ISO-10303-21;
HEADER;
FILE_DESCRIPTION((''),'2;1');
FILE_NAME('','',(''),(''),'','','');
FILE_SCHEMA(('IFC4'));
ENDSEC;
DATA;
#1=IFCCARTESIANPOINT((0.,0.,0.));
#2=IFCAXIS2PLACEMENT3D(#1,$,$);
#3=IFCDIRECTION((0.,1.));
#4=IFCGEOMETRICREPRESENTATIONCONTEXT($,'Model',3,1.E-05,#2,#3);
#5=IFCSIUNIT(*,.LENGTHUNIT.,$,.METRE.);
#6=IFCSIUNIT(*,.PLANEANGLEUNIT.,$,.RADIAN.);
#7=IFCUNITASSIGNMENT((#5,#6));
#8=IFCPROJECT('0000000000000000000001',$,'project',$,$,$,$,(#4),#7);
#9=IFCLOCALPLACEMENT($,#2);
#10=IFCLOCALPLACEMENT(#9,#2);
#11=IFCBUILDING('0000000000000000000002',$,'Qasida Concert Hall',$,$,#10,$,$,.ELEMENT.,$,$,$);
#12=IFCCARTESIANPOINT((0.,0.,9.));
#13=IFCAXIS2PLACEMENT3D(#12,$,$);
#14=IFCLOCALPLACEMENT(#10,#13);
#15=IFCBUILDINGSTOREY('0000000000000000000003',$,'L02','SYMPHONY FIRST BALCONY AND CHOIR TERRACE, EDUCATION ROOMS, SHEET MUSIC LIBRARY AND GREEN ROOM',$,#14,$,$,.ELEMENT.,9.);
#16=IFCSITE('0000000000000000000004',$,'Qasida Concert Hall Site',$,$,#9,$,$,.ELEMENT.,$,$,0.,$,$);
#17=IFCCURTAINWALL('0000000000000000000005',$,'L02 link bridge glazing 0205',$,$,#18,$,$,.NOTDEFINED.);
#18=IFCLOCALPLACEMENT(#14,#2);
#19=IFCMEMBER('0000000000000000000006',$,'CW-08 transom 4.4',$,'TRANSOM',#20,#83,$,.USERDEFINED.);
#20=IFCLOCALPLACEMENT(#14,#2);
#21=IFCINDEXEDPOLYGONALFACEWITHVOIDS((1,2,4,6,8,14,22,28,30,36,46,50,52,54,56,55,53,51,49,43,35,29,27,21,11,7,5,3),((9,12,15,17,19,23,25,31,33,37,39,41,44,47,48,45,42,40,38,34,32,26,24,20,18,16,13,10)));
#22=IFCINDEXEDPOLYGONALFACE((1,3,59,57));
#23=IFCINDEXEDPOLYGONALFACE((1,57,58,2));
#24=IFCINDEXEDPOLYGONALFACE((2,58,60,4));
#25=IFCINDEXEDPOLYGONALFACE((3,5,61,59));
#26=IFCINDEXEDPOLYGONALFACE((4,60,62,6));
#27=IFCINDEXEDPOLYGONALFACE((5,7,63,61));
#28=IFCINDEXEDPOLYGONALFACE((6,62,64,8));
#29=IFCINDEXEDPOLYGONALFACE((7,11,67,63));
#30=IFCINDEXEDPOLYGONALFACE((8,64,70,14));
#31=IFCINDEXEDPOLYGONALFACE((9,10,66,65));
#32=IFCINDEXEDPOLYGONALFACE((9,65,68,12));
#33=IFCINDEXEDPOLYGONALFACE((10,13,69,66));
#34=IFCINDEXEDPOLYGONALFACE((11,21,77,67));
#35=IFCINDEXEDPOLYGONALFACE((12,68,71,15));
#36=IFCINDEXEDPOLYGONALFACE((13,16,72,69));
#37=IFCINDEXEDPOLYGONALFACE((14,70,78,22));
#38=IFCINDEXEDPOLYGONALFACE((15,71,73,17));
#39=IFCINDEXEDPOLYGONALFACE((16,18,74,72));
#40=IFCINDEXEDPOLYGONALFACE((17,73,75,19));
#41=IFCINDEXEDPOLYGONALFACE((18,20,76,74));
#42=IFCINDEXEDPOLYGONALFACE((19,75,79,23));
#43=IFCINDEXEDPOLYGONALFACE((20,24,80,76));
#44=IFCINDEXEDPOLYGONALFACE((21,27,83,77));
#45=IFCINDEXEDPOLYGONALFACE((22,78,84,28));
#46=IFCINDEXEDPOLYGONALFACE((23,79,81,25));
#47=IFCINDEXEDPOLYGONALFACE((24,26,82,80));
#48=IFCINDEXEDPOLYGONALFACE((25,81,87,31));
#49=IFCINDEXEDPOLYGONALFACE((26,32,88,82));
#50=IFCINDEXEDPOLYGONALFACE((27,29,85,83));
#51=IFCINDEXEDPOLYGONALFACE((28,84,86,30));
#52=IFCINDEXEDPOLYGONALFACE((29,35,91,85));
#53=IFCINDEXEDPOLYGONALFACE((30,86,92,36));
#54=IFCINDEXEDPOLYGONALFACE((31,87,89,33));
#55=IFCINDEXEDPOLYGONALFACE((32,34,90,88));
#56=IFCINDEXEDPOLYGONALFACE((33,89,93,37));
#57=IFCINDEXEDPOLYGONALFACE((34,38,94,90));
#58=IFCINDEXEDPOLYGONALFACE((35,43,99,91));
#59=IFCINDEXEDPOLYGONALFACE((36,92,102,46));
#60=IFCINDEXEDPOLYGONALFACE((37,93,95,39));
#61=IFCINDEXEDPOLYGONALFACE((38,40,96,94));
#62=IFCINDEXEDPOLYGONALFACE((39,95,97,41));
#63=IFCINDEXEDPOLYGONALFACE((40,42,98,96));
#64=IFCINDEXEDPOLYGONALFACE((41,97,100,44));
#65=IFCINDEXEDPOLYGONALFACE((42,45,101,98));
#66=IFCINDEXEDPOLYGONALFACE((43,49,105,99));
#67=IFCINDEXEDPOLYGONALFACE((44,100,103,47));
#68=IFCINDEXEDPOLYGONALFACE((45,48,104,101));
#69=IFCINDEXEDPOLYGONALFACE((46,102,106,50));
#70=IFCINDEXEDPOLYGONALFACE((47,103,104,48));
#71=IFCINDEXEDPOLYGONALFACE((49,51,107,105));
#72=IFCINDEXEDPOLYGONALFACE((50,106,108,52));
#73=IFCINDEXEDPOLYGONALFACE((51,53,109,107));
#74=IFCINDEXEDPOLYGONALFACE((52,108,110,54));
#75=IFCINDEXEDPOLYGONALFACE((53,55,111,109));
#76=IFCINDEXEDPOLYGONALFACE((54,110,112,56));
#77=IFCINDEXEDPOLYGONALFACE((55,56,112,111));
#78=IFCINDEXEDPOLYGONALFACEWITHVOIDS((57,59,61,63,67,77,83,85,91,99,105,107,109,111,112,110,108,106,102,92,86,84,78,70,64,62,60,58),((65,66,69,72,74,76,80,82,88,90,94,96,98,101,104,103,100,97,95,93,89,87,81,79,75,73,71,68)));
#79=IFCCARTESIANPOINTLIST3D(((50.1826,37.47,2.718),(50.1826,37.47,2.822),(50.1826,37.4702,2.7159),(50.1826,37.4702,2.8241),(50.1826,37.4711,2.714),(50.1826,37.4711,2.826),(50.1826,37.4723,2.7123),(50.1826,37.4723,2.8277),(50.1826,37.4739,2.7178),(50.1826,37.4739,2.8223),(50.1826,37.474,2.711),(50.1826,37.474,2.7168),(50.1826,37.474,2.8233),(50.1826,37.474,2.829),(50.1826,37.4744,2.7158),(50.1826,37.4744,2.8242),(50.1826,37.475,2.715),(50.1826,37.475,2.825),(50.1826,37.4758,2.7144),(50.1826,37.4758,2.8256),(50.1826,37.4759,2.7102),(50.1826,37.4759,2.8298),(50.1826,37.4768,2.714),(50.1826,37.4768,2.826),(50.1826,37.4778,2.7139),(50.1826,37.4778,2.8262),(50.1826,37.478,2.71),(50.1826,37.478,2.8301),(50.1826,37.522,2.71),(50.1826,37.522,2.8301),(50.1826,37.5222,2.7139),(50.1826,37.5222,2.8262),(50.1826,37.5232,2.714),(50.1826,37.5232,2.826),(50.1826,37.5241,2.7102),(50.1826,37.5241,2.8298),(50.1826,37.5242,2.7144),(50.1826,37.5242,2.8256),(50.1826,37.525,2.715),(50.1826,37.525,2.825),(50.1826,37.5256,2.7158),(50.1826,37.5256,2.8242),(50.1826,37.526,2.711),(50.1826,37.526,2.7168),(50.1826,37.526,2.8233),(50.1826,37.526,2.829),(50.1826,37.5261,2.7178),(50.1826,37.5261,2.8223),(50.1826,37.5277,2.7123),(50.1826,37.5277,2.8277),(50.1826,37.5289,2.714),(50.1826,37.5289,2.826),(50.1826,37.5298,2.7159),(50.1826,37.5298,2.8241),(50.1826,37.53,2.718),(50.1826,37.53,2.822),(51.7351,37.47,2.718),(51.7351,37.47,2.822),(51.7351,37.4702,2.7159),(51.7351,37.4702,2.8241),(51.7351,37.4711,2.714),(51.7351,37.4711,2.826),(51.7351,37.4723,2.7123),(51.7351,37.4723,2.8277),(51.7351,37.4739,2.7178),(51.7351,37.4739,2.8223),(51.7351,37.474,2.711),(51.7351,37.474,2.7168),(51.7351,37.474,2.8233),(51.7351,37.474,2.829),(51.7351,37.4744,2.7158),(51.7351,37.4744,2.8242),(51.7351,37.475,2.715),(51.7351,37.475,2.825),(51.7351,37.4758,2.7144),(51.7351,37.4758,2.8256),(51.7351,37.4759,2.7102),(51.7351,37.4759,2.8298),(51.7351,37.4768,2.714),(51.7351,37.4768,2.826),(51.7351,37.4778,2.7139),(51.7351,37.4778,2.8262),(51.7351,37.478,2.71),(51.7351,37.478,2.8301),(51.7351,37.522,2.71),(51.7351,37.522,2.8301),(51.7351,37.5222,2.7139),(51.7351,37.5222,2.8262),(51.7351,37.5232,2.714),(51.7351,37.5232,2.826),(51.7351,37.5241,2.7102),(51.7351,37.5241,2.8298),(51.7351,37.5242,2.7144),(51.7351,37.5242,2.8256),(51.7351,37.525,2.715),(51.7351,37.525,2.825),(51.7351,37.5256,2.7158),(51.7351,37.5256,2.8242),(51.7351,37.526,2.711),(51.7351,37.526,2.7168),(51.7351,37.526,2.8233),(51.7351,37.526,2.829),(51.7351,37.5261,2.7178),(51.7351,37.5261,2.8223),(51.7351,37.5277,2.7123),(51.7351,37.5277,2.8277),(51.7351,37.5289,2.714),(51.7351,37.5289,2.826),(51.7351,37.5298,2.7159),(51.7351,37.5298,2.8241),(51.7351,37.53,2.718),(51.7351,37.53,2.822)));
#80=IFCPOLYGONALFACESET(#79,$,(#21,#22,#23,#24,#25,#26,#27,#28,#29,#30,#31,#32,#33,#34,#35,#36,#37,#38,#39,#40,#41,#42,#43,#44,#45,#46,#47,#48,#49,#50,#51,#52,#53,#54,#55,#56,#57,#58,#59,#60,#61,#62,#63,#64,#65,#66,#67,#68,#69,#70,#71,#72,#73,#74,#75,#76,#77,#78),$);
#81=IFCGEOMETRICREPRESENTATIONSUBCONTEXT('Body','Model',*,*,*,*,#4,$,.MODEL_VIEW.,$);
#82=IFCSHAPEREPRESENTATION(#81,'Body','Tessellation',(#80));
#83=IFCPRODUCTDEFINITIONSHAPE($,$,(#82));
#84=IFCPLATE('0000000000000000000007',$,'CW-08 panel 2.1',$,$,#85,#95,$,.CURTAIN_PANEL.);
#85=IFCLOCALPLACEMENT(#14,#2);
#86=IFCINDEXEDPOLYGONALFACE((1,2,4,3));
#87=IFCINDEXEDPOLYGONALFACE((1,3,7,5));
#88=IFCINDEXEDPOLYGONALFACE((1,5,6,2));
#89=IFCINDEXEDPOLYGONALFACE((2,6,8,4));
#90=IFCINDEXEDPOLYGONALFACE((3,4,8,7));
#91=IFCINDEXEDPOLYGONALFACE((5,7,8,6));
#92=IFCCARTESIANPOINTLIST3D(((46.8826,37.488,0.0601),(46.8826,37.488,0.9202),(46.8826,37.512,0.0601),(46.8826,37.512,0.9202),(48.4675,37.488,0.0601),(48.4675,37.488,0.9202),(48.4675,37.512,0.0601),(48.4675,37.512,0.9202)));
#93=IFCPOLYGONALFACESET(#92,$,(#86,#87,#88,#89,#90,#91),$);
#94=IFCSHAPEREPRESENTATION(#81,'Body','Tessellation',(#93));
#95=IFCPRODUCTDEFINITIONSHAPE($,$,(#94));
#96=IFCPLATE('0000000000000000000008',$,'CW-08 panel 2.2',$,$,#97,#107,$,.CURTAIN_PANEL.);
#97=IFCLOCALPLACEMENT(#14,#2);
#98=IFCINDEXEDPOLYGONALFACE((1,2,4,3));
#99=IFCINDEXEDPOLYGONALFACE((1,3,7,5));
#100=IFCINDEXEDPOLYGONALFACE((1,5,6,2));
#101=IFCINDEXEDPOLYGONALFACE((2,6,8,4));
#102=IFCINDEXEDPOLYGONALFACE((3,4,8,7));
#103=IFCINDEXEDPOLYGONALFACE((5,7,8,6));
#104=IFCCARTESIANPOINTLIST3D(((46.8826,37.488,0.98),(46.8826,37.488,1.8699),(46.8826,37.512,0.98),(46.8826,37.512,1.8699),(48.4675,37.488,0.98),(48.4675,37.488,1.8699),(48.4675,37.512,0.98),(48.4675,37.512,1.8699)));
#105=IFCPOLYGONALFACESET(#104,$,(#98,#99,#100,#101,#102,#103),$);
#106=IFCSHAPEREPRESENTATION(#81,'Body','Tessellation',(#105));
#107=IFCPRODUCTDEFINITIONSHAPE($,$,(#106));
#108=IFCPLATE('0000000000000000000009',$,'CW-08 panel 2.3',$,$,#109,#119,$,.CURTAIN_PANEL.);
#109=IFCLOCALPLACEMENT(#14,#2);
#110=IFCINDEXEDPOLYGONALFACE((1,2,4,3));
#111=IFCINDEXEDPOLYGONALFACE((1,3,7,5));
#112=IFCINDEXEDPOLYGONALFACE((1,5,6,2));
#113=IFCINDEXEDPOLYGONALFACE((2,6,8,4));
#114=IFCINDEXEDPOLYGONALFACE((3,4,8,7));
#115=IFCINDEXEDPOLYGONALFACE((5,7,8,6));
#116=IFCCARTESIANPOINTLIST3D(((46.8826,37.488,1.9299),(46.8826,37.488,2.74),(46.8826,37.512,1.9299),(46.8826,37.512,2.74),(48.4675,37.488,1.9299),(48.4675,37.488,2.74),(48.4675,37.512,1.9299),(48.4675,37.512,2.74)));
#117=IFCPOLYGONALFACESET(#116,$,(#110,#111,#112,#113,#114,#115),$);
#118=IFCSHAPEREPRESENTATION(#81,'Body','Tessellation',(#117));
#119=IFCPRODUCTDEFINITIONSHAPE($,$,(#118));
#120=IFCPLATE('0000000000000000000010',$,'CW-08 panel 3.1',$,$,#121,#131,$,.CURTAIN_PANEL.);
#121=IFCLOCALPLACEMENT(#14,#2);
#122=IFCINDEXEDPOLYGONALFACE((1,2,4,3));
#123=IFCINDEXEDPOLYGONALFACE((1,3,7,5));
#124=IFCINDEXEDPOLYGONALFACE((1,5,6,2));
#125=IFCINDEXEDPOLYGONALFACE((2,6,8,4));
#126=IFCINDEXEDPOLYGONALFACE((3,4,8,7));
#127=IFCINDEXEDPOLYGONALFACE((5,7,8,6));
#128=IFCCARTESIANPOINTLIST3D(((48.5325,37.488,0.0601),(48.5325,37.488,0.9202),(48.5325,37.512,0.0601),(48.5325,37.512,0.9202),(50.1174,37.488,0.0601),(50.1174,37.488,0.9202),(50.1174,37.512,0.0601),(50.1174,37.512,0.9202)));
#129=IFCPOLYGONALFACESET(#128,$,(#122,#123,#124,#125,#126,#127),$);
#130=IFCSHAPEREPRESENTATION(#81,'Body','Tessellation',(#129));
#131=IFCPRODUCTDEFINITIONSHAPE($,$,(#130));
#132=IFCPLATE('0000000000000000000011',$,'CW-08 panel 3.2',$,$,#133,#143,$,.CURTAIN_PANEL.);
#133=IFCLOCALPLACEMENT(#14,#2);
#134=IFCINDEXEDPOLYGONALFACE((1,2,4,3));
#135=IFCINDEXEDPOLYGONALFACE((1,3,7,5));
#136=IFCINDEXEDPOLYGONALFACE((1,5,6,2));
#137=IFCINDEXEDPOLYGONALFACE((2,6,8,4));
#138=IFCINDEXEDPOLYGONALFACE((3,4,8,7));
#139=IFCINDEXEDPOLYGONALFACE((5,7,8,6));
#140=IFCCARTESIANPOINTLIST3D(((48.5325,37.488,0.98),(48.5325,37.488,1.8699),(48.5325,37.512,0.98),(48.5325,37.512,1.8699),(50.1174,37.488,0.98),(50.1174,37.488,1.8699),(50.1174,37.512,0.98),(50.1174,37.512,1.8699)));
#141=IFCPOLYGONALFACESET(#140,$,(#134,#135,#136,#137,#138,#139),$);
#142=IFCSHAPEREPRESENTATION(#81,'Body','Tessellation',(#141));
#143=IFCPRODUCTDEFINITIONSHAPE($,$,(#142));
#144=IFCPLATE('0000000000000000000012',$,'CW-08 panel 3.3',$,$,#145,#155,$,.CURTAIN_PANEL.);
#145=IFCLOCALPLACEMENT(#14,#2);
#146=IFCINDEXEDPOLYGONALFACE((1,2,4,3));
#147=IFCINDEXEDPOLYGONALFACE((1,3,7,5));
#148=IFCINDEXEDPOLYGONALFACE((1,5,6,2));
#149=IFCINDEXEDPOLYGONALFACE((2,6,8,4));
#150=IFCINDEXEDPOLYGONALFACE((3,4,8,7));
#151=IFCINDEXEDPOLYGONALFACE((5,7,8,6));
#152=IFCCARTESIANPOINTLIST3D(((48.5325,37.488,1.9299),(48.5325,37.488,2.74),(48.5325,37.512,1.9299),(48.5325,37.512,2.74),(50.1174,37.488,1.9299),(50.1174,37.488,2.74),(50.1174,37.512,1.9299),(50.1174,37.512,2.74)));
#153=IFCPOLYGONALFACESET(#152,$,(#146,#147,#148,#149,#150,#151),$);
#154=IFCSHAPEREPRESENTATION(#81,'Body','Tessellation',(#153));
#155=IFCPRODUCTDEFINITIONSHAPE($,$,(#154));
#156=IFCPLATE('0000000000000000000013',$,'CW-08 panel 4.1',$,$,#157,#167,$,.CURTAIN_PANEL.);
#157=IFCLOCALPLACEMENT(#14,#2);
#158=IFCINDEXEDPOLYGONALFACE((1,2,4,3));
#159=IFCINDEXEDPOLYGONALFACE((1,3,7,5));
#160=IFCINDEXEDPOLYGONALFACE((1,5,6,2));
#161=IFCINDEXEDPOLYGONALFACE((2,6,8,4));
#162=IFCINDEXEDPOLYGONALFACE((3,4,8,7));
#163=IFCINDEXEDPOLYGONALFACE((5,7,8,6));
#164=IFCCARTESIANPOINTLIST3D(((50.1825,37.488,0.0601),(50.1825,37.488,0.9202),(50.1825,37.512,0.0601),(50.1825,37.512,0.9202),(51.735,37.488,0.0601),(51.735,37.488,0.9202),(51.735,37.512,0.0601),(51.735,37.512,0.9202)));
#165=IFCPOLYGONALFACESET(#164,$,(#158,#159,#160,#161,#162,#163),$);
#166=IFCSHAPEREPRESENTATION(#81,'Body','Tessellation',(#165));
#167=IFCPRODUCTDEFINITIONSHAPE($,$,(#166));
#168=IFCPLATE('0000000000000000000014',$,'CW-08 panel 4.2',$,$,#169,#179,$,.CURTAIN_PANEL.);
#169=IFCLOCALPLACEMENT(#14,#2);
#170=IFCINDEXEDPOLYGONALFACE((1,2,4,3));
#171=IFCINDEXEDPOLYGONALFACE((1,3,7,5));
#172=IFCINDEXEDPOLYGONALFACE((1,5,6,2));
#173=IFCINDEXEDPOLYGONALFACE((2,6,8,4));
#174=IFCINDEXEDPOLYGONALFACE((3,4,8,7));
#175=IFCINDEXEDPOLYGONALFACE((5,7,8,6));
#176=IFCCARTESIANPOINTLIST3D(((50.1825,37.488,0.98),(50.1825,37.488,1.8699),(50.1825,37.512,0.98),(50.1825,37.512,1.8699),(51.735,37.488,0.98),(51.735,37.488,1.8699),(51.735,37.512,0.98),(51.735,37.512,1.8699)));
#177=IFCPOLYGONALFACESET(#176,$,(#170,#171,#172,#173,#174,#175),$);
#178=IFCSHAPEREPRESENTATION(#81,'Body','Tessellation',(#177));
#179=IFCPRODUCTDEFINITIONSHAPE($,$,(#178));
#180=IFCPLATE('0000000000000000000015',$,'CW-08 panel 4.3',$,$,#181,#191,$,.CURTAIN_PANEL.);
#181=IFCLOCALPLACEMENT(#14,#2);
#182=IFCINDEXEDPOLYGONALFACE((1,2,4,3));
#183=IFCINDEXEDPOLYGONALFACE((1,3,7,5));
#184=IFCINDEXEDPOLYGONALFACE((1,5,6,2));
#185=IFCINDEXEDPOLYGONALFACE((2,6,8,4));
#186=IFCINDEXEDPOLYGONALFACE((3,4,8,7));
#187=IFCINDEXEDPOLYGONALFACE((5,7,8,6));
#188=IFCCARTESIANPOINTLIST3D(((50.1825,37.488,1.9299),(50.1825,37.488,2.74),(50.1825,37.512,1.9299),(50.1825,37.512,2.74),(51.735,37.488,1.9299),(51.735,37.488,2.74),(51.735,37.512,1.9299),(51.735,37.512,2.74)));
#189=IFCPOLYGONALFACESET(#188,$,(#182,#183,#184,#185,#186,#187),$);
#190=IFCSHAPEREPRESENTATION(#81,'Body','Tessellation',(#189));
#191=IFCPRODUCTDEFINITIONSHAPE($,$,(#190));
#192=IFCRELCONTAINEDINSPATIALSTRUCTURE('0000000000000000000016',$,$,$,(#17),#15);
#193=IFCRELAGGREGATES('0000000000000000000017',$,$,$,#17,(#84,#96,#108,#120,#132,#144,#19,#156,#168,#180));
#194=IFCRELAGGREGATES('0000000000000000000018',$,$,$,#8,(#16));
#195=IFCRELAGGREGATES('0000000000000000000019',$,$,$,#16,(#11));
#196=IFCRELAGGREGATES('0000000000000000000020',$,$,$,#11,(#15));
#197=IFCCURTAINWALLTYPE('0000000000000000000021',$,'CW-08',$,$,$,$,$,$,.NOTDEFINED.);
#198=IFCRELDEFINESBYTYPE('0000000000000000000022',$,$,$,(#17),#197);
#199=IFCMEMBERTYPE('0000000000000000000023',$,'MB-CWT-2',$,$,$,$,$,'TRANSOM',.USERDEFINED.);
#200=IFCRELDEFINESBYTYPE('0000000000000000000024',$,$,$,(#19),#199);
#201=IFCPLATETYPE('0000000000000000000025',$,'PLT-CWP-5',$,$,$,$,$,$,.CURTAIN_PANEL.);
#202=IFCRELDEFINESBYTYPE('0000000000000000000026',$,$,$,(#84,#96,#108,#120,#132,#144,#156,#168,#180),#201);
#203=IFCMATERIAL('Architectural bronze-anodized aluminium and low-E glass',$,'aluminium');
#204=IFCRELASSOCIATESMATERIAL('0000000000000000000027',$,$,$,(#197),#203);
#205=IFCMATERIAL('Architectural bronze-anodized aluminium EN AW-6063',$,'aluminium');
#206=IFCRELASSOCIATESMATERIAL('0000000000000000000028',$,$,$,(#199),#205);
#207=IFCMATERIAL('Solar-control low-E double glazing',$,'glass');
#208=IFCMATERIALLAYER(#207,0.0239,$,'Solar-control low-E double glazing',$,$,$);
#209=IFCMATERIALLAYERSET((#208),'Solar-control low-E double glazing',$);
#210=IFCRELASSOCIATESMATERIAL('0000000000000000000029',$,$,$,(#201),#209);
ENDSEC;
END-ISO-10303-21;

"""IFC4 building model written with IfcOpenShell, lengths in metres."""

from ifc_helpers import new_model, si_unit, direction, frame, origin, origin_2d, place, context, subcontext, project, spatial, rectangle, hollow_rectangle, extrude, material, layer, layer_set, material_profile, profile_set, type_object, element, aggregate, save


model = new_model("IFC4")

# Units and contexts
model_context = context("Model", 3, precision=1e-05, world=origin(), true_north=direction((0.0, 1.0)))
body_context = subcontext(model_context, "Body", "Model", "MODEL_VIEW")
ifc_project = project(units=[si_unit("LENGTHUNIT", "METRE"), si_unit("PLANEANGLEUNIT", "RADIAN")], contexts=[model_context])

# Site, building, storey
site_placement = place(None, origin())
site = spatial("IfcSite", under=ifc_project, at=site_placement, Name="Qasida Concert Hall Site", CompositionType="ELEMENT", RefElevation=0.0)
building_placement = place(site_placement, origin())
building = spatial("IfcBuilding", under=site, at=building_placement, Name="Qasida Concert Hall", CompositionType="ELEMENT")
storey_placement = place(building_placement, frame((0.0, 0.0, 9.0)))
storey = spatial("IfcBuildingStorey", under=building, at=storey_placement, Name="L02", Description="SYMPHONY FIRST BALCONY AND CHOIR TERRACE, EDUCATION ROOMS, SHEET MUSIC LIBRARY AND GREEN ROOM", CompositionType="ELEMENT", Elevation=9.0)

# Curtain wall, member, plates
ifc_material_1 = material(Name="Architectural bronze-anodized aluminium and low-E glass", Category="aluminium")
curtain_wall_type = type_object("IfcCurtainWallType", Name="CW-08", PredefinedType="NOTDEFINED", material=ifc_material_1)
curtain_wall_placement = place(storey_placement, origin())
curtain_wall = element("IfcCurtainWall", 1, at=curtain_wall_placement, inside=storey, type_object=curtain_wall_type, Name="L02 link bridge glazing 0205", PredefinedType="NOTDEFINED")
ifc_material_2 = material(Name="Architectural bronze-anodized aluminium EN AW-6063", Category="aluminium")
ifc_material_profile_1 = material_profile(ifc_material_2, hollow_rectangle(XDim=0.0601, YDim=0.1201, WallThickness=0.0039, InnerFilletRadius=0.0039, OuterFilletRadius=0.0081, at=origin_2d()), Name="CWT 120x60x4")
ifc_profile_set_1 = profile_set([ifc_material_profile_1], Name="Architectural bronze-anodized aluminium EN AW-6063")
member_type_1 = type_object("IfcMemberType", Name="MB-CWT-2", ElementType="TRANSOM", PredefinedType="USERDEFINED", material=ifc_profile_set_1)
member_1_placement = place(storey_placement, frame((50.1826, 37.5, 2.77), z_axis=(1.0, 0.0, 0.0), x_axis=(0.0, 1.0, 0.0)))
member_1 = element("IfcMember", 2, at=member_1_placement, type_object=member_type_1, Name="CW-08 transom 4.4", ObjectType="TRANSOM", PredefinedType="USERDEFINED", context=body_context, shape_type="SweptSolid", body=[
    extrude(hollow_rectangle(XDim=0.0601, YDim=0.1201, WallThickness=0.0039, InnerFilletRadius=0.0039, OuterFilletRadius=0.0081, at=origin_2d()), origin(), (0.0, 0.0, 1.0), 1.5525),
])
ifc_material_3 = material(Name="Solar-control low-E double glazing", Category="glass")
ifc_layer = layer(ifc_material_3, 0.0239, Name="Solar-control low-E double glazing")
ifc_layer_set = layer_set([ifc_layer], Name="Solar-control low-E double glazing")
plate_type = type_object("IfcPlateType", Name="PLT-CWP-5", PredefinedType="CURTAIN_PANEL", material=ifc_layer_set)
plate_1_placement = place(storey_placement, frame((47.675, 37.5, 0.0601), z_axis=(0.0, 0.0, 1.0), x_axis=(1.0, 0.0, 0.0)))
plate_1 = element("IfcPlate", 3, at=plate_1_placement, type_object=plate_type, Name="CW-08 panel 2.1", PredefinedType="CURTAIN_PANEL", context=body_context, shape_type="SweptSolid", body=[
    extrude(rectangle(XDim=1.585, YDim=0.0239, at=origin_2d()), origin(), (0.0, 0.0, 1.0), 0.8601),
])
plate_2_placement = place(storey_placement, frame((47.675, 37.5, 0.98), z_axis=(0.0, 0.0, 1.0), x_axis=(1.0, 0.0, 0.0)))
plate_2 = element("IfcPlate", 4, at=plate_2_placement, type_object=plate_type, Name="CW-08 panel 2.2", PredefinedType="CURTAIN_PANEL", context=body_context, shape_type="SweptSolid", body=[
    extrude(rectangle(XDim=1.585, YDim=0.0239, at=origin_2d()), origin(), (0.0, 0.0, 1.0), 0.8899),
])
plate_3_placement = place(storey_placement, frame((47.675, 37.5, 1.9299), z_axis=(0.0, 0.0, 1.0), x_axis=(1.0, 0.0, 0.0)))
plate_3 = element("IfcPlate", 5, at=plate_3_placement, type_object=plate_type, Name="CW-08 panel 2.3", PredefinedType="CURTAIN_PANEL", context=body_context, shape_type="SweptSolid", body=[
    extrude(rectangle(XDim=1.585, YDim=0.0239, at=origin_2d()), origin(), (0.0, 0.0, 1.0), 0.8101),
])
plate_4_placement = place(storey_placement, frame((49.325, 37.5, 0.0601), z_axis=(0.0, 0.0, 1.0), x_axis=(1.0, 0.0, 0.0)))
plate_4 = element("IfcPlate", 6, at=plate_4_placement, type_object=plate_type, Name="CW-08 panel 3.1", PredefinedType="CURTAIN_PANEL", context=body_context, shape_type="SweptSolid", body=[
    extrude(rectangle(XDim=1.585, YDim=0.0239, at=origin_2d()), origin(), (0.0, 0.0, 1.0), 0.8601),
])
plate_5_placement = place(storey_placement, frame((49.325, 37.5, 0.98), z_axis=(0.0, 0.0, 1.0), x_axis=(1.0, 0.0, 0.0)))
plate_5 = element("IfcPlate", 7, at=plate_5_placement, type_object=plate_type, Name="CW-08 panel 3.2", PredefinedType="CURTAIN_PANEL", context=body_context, shape_type="SweptSolid", body=[
    extrude(rectangle(XDim=1.585, YDim=0.0239, at=origin_2d()), origin(), (0.0, 0.0, 1.0), 0.8899),
])
plate_6_placement = place(storey_placement, frame((49.325, 37.5, 1.9299), z_axis=(0.0, 0.0, 1.0), x_axis=(1.0, 0.0, 0.0)))
plate_6 = element("IfcPlate", 8, at=plate_6_placement, type_object=plate_type, Name="CW-08 panel 3.3", PredefinedType="CURTAIN_PANEL", context=body_context, shape_type="SweptSolid", body=[
    extrude(rectangle(XDim=1.585, YDim=0.0239, at=origin_2d()), origin(), (0.0, 0.0, 1.0), 0.8101),
])
plate_7_placement = place(storey_placement, frame((50.9587, 37.5, 0.0601), z_axis=(0.0, 0.0, 1.0), x_axis=(1.0, 0.0, 0.0)))
plate_7 = element("IfcPlate", 9, at=plate_7_placement, type_object=plate_type, Name="CW-08 panel 4.1", PredefinedType="CURTAIN_PANEL", context=body_context, shape_type="SweptSolid", body=[
    extrude(rectangle(XDim=1.5525, YDim=0.0239, at=origin_2d()), origin(), (0.0, 0.0, 1.0), 0.8601),
])
plate_8_placement = place(storey_placement, frame((50.9587, 37.5, 0.98), z_axis=(0.0, 0.0, 1.0), x_axis=(1.0, 0.0, 0.0)))
plate_8 = element("IfcPlate", 10, at=plate_8_placement, type_object=plate_type, Name="CW-08 panel 4.2", PredefinedType="CURTAIN_PANEL", context=body_context, shape_type="SweptSolid", body=[
    extrude(rectangle(XDim=1.5525, YDim=0.0239, at=origin_2d()), origin(), (0.0, 0.0, 1.0), 0.8899),
])
plate_9_placement = place(storey_placement, frame((50.9587, 37.5, 1.9299), z_axis=(0.0, 0.0, 1.0), x_axis=(1.0, 0.0, 0.0)))
plate_9 = element("IfcPlate", 11, at=plate_9_placement, type_object=plate_type, Name="CW-08 panel 4.3", PredefinedType="CURTAIN_PANEL", context=body_context, shape_type="SweptSolid", body=[
    extrude(rectangle(XDim=1.5525, YDim=0.0239, at=origin_2d()), origin(), (0.0, 0.0, 1.0), 0.8101),
])
aggregate(curtain_wall, [plate_1, plate_2, plate_3, plate_4, plate_5, plate_6, member_1, plate_7, plate_8, plate_9])

save(model, "model.ifc")
